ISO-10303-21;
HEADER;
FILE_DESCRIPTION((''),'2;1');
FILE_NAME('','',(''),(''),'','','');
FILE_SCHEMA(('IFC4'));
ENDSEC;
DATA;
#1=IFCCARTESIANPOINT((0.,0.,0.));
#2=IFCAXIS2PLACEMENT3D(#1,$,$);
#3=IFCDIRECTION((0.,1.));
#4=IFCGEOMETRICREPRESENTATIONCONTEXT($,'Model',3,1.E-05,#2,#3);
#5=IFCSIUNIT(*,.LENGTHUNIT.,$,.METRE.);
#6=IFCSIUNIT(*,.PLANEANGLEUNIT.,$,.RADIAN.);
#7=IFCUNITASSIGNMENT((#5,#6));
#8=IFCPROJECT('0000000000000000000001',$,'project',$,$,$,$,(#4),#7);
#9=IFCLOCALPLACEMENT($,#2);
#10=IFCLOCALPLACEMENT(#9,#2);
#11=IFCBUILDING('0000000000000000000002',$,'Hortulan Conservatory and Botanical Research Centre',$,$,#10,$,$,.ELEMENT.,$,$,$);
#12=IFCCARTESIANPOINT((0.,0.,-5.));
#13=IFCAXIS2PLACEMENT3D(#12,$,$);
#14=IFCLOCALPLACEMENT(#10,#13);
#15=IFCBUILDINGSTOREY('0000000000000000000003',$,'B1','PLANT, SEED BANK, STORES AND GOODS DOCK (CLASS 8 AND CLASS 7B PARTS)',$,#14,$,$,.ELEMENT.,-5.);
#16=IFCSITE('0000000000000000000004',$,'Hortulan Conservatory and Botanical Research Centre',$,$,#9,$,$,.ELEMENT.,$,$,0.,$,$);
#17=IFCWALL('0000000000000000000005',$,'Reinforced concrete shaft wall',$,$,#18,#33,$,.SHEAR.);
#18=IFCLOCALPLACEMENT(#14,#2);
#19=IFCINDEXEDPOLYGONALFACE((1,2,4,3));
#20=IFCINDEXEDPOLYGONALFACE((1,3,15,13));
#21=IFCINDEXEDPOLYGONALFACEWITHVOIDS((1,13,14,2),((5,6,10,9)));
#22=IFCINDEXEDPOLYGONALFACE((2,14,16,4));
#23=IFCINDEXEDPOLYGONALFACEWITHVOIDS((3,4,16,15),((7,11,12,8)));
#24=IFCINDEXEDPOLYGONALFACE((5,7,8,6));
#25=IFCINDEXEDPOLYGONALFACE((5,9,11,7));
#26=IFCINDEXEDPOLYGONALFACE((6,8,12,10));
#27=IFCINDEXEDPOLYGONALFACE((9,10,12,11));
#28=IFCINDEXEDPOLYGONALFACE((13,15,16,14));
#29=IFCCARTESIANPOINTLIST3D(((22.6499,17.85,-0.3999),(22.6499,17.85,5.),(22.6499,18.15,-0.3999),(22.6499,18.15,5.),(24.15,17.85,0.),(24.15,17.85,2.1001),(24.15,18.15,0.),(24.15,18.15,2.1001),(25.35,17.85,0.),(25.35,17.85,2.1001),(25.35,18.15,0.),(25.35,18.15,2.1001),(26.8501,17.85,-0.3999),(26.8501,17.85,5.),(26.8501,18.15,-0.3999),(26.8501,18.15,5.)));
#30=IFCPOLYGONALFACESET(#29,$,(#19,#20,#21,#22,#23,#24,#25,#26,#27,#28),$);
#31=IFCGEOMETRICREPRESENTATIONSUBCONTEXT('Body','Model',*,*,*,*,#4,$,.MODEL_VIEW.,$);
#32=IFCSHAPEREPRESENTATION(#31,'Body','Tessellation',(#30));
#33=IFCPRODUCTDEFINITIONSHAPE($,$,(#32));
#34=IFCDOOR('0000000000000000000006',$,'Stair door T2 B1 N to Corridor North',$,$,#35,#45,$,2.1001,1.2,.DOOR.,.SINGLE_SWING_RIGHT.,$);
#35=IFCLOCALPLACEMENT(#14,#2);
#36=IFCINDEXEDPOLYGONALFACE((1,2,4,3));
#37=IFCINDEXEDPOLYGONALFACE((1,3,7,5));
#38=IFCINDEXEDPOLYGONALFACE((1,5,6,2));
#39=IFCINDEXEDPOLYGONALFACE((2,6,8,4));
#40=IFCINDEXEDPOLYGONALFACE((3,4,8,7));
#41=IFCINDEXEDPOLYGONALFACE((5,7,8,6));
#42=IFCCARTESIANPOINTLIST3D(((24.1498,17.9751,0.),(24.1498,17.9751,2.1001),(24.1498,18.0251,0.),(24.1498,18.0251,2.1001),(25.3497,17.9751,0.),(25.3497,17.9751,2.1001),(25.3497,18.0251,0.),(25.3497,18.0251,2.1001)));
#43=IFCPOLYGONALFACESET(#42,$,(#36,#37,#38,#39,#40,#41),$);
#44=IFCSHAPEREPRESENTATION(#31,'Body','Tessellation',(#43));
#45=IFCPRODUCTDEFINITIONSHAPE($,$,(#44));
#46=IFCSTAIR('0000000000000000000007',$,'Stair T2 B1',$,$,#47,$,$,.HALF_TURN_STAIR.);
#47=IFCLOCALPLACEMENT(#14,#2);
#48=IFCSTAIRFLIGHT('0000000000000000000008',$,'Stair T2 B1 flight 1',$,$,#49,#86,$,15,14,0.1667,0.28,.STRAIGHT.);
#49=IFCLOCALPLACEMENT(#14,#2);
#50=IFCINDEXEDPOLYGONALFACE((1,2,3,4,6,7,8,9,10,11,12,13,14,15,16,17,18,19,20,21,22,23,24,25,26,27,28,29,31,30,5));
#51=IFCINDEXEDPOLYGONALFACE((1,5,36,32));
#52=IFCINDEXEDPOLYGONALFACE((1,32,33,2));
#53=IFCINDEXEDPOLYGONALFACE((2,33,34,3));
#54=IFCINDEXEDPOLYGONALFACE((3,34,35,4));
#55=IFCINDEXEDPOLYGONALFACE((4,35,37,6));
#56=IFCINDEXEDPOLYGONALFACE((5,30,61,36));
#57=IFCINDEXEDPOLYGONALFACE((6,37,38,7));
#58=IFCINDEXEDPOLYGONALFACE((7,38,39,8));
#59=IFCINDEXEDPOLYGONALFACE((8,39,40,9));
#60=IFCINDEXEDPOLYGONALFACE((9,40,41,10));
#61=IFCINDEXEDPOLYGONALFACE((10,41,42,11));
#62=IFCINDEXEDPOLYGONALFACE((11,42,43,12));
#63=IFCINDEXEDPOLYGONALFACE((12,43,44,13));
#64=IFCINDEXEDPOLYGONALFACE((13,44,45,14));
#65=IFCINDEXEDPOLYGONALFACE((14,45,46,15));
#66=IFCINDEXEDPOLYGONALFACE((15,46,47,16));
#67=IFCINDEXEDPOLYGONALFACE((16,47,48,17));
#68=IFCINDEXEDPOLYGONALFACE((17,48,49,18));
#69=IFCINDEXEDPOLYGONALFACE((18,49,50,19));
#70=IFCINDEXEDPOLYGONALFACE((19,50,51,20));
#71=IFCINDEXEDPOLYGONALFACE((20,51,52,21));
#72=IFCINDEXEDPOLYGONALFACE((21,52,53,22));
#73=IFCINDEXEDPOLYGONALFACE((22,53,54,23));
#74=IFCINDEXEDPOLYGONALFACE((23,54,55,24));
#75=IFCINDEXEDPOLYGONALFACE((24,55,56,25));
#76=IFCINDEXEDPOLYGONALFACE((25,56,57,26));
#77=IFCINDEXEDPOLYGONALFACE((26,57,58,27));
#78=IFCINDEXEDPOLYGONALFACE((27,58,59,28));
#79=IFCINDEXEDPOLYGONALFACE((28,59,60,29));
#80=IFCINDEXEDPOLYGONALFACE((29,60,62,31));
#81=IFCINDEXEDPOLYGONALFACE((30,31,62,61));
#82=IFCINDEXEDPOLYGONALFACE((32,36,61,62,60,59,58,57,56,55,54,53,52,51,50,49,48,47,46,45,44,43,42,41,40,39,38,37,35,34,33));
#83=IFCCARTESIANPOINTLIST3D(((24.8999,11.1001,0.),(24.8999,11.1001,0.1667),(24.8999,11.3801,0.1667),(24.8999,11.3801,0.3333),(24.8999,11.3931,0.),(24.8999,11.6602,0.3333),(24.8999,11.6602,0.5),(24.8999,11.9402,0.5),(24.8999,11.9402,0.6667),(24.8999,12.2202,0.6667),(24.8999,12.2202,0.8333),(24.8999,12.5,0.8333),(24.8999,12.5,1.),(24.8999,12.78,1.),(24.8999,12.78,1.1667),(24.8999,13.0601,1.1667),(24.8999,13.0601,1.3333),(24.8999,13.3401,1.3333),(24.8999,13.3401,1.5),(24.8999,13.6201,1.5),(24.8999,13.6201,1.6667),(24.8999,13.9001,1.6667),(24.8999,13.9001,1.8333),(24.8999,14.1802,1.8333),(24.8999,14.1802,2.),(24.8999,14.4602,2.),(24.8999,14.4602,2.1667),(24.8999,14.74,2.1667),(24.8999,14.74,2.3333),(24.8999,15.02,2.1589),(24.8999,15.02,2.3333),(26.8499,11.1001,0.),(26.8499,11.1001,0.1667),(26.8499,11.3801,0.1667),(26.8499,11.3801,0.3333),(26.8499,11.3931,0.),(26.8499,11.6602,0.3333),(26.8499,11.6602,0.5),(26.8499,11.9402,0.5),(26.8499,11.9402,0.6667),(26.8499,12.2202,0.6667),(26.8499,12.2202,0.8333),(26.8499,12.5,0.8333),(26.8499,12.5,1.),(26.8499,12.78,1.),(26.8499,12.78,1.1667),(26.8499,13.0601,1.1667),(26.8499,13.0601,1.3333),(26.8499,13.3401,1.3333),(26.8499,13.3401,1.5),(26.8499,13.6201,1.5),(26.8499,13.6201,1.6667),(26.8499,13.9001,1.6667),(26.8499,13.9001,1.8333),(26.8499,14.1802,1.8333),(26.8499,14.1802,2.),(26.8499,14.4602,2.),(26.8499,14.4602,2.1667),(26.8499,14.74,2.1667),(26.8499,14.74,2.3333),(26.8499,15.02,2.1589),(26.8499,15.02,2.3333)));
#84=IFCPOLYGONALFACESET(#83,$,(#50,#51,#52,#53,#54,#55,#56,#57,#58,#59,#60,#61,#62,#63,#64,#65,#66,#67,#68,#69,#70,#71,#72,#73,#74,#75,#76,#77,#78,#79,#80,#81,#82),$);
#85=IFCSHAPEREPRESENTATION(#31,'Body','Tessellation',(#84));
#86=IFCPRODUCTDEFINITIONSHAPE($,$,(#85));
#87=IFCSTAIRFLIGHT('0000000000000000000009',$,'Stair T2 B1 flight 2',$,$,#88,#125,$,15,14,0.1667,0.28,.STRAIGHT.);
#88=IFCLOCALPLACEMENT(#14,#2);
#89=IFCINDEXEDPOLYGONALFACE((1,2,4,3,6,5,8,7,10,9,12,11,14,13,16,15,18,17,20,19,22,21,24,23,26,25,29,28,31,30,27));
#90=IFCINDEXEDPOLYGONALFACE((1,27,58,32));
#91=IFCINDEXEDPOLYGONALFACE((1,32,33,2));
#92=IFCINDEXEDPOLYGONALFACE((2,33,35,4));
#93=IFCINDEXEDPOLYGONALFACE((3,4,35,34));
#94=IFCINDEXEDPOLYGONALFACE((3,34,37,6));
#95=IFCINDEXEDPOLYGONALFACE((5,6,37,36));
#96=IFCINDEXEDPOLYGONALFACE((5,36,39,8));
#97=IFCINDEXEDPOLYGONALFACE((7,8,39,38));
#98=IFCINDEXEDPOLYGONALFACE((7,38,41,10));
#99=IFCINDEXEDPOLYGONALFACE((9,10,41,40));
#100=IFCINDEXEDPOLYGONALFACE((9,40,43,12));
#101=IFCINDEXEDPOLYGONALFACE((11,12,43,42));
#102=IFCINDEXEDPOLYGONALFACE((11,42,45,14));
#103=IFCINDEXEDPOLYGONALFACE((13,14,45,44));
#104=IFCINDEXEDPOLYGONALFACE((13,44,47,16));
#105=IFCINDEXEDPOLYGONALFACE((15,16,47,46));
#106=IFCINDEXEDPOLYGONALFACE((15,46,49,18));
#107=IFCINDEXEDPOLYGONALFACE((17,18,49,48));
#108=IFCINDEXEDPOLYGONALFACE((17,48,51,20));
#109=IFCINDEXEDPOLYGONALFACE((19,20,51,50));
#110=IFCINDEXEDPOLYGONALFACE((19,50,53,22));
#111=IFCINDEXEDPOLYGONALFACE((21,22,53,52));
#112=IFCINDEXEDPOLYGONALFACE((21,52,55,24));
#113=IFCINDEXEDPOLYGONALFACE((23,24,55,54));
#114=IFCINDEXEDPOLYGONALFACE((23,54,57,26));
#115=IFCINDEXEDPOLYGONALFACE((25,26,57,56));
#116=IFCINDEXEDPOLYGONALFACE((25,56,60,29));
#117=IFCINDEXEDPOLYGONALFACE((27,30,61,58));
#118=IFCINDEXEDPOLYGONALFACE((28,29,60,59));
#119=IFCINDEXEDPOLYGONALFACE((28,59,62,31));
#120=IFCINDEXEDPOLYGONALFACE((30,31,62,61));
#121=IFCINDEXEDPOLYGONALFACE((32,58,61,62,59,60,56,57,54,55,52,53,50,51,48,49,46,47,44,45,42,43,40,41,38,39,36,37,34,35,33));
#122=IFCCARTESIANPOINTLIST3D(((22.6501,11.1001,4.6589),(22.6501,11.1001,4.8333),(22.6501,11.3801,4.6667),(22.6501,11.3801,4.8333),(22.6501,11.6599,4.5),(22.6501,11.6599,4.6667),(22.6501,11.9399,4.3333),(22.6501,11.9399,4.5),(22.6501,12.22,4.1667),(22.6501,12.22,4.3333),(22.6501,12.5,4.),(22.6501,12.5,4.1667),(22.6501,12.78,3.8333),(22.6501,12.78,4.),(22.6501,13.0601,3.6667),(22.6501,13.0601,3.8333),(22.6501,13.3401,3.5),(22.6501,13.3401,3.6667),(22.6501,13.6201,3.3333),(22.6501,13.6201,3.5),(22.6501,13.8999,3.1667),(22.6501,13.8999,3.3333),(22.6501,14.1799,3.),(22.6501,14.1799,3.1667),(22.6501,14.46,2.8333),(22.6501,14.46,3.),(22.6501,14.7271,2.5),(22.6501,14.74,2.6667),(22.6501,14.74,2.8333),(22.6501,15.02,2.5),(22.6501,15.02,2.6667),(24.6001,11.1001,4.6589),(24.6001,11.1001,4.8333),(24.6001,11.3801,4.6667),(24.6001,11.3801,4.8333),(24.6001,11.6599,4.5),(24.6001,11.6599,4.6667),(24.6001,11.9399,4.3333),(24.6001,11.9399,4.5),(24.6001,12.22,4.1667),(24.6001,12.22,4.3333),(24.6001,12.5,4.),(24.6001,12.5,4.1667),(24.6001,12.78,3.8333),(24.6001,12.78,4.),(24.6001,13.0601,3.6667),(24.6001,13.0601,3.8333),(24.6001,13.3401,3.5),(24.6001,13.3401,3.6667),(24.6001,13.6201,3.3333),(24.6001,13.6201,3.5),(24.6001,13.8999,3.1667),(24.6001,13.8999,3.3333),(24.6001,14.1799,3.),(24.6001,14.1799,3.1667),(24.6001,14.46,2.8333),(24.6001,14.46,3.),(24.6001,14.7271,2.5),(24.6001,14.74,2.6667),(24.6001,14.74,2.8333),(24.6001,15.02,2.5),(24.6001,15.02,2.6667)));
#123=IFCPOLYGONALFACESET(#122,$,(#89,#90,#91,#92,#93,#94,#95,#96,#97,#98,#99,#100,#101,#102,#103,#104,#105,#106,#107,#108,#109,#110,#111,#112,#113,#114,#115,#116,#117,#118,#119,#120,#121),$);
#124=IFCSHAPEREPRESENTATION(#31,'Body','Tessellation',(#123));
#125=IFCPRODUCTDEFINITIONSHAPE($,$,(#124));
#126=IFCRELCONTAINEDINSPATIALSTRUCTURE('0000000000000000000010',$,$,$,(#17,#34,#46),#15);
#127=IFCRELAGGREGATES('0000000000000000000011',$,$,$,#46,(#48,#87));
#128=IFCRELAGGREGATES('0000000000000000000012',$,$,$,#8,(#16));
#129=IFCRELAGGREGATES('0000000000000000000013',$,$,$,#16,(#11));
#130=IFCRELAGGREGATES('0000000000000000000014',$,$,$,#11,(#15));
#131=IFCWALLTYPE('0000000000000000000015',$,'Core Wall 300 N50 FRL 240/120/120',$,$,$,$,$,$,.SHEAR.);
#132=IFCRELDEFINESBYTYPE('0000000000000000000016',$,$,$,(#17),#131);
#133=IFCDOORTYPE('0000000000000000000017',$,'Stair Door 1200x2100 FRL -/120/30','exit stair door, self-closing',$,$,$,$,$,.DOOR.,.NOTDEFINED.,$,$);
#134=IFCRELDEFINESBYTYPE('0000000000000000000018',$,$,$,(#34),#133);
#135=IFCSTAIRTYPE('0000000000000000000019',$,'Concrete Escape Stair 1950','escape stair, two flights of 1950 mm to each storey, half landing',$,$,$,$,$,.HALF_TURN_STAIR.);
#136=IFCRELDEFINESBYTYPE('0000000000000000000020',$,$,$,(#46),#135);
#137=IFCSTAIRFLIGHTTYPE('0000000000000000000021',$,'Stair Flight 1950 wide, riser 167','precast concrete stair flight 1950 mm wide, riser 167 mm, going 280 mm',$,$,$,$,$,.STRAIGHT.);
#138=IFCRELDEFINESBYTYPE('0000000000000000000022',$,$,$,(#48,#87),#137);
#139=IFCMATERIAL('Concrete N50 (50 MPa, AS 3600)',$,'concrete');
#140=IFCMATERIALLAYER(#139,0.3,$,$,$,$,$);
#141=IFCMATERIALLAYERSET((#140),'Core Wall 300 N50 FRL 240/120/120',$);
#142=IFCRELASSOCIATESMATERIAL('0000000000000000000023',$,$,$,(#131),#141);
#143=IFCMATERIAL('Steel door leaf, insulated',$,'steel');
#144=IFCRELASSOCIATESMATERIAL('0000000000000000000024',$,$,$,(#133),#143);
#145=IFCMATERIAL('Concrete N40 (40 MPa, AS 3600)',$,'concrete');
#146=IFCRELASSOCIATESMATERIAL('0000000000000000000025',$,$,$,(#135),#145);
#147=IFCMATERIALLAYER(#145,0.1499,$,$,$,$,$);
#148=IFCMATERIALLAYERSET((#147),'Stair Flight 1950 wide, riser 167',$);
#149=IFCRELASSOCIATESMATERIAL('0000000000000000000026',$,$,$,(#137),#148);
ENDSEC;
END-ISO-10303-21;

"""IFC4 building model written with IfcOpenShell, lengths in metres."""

from ifc_helpers import new_model, si_unit, direction, frame, frame_2d, origin, place, context, subcontext, project, spatial, polyline, rectangle, outline, extrude, material, layer, layer_set, type_object, element, fill, aggregate, save


model = new_model("IFC4")

# Units and contexts
model_context = context("Model", 3, precision=1e-05, world=origin(), true_north=direction((0.0, 1.0)))
body_context = subcontext(model_context, "Body", "Model", "MODEL_VIEW")
ifc_project = project(units=[si_unit("LENGTHUNIT", "METRE"), si_unit("PLANEANGLEUNIT", "RADIAN")], contexts=[model_context])

# Site, building, storey
site_placement = place(None, origin())
site = spatial("IfcSite", under=ifc_project, at=site_placement, Name="Hortulan Conservatory and Botanical Research Centre", CompositionType="ELEMENT", RefElevation=0.0)
building_placement = place(site_placement, origin())
building = spatial("IfcBuilding", under=site, at=building_placement, Name="Hortulan Conservatory and Botanical Research Centre", CompositionType="ELEMENT")
storey_placement = place(building_placement, frame((0.0, 0.0, -5.0)))
storey = spatial("IfcBuildingStorey", under=building, at=storey_placement, Name="B1", Description="PLANT, SEED BANK, STORES AND GOODS DOCK (CLASS 8 AND CLASS 7B PARTS)", CompositionType="ELEMENT", Elevation=-5.0)

# Shared definitions
ifc_material_1 = material(Name="Concrete N40 (40 MPa, AS 3600)", Category="concrete")

# Shared definitions
ifc_material_2 = material(Name="Concrete N50 (50 MPa, AS 3600)", Category="concrete")
ifc_layer_1 = layer(ifc_material_2, 0.3)
ifc_layer_set_1 = layer_set([ifc_layer_1], Name="Core Wall 300 N50 FRL 240/120/120")
wall_type = type_object("IfcWallType", Name="Core Wall 300 N50 FRL 240/120/120", PredefinedType="SHEAR", material=ifc_layer_set_1)

# Wall, opening, door
wall_placement = place(storey_placement, frame((22.6499, 18.0, -0.3999), z_axis=(0.0, 0.0, 1.0), x_axis=(1.0, 0.0, 0.0)))
wall = element("IfcWall", 1, at=wall_placement, inside=storey, type_object=wall_type, Name="Reinforced concrete shaft wall", PredefinedType="SHEAR", context=body_context, shape_type="SweptSolid", body=[
    extrude(rectangle(XDim=4.2002, YDim=0.3, at=frame_2d((2.1001, 0.0))), origin(), (0.0, 0.0, 1.0), 5.3999),
])
opening_placement = place(wall_placement, frame((1.5, 0.0, 0.3999)))
opening = element("IfcOpeningElement", 2, at=opening_placement, cuts=wall, PredefinedType="OPENING", context=body_context, shape_type="SweptSolid", body=[
    extrude(rectangle(XDim=1.2, YDim=2.1001, at=frame_2d((0.6001, 1.05))), frame((0.0, 0.1599, 0.0), z_axis=(0.0, -1.0, 0.0), x_axis=(1.0, 0.0, 0.0)), (0.0, 0.0, 1.0), 0.3201),
])
ifc_material_3 = material(Name="Steel door leaf, insulated", Category="steel")
door_type = type_object("IfcDoorType", Name="Stair Door 1200x2100 FRL -/120/30", Description="exit stair door, self-closing", OperationType="NOTDEFINED", PredefinedType="DOOR", material=ifc_material_3)
door_placement = place(opening_placement, frame((1.2, 0.0, 0.0), z_axis=(0.0, 0.0, 1.0), x_axis=(-1.0, 0.0, 0.0)))
door = element("IfcDoor", 3, at=door_placement, inside=storey, type_object=door_type, Name="Stair door T2 B1 N to Corridor North", OperationType="SINGLE_SWING_RIGHT", OverallHeight=2.1001, OverallWidth=1.2, PredefinedType="DOOR", context=body_context, shape_type="SweptSolid", body=[
    extrude(rectangle(XDim=1.2, YDim=2.1001, at=frame_2d((0.6001, 1.05))), frame((0.0, 0.0249, 0.0), z_axis=(0.0, -1.0, 0.0), x_axis=(1.0, 0.0, 0.0)), (0.0, 0.0, 1.0), 0.05),
])
fill(opening, door)

# Stair, stair flights
stair_type = type_object("IfcStairType", Name="Concrete Escape Stair 1950", Description="escape stair, two flights of 1950 mm to each storey, half landing", PredefinedType="HALF_TURN_STAIR", material=ifc_material_1)
stair_placement = place(storey_placement, origin())
stair = element("IfcStair", 4, at=stair_placement, inside=storey, type_object=stair_type, Name="Stair T2 B1", PredefinedType="HALF_TURN_STAIR")
ifc_layer_2 = layer(ifc_material_1, 0.1499)
ifc_layer_set_2 = layer_set([ifc_layer_2], Name="Stair Flight 1950 wide, riser 167")
stair_flight_type = type_object("IfcStairFlightType", Name="Stair Flight 1950 wide, riser 167", Description="precast concrete stair flight 1950 mm wide, riser 167 mm, going 280 mm", PredefinedType="STRAIGHT", material=ifc_layer_set_2)
stair_flight_1_placement = place(storey_placement, frame((25.875, 11.1001, 0.0), z_axis=(0.0, 0.0, 1.0), x_axis=(0.0, 1.0, 0.0)))
stair_flight_1 = element("IfcStairFlight", 5, at=stair_flight_1_placement, type_object=stair_flight_type, Name="Stair T2 B1 flight 1", NumberOfRisers=15, NumberOfTreads=14, PredefinedType="STRAIGHT", RiserHeight=0.1667, TreadLength=0.28, context=body_context, shape_type="SweptSolid", body=[
    extrude(outline(polyline([(0.0, 0.0), (0.0, 0.1667), (0.28, 0.1667), (0.28, 0.3333), (0.5601, 0.3333), (0.5601, 0.5), (0.8401, 0.5), (0.8401, 0.6667), (1.1201, 0.6667), (1.1201, 0.8333), (1.3999, 0.8333), (1.3999, 1.0), (1.6799, 1.0), (1.6799, 1.1667), (1.96, 1.1667), (1.96, 1.3333), (2.24, 1.3333), (2.24, 1.5), (2.52, 1.5), (2.52, 1.6667), (2.8, 1.6667), (2.8, 1.8333), (3.0801, 1.8333), (3.0801, 2.0), (3.3601, 2.0), (3.3601, 2.1667), (3.6399, 2.1667), (3.6399, 2.3333), (3.9199, 2.3333), (3.9199, 2.5), (3.9199, 2.1589), (0.293, 0.0), (0.0, 0.0)])), frame((0.0, 0.9751, 0.0), z_axis=(0.0, -1.0, 0.0), x_axis=(1.0, 0.0, 0.0)), (0.0, 0.0, 1.0), 1.95),
])
stair_flight_2_placement = place(storey_placement, frame((23.625, 15.02, 2.5), z_axis=(0.0, 0.0, 1.0), x_axis=(0.0, -1.0, 0.0)))
stair_flight_2 = element("IfcStairFlight", 6, at=stair_flight_2_placement, type_object=stair_flight_type, Name="Stair T2 B1 flight 2", NumberOfRisers=15, NumberOfTreads=14, PredefinedType="STRAIGHT", RiserHeight=0.1667, TreadLength=0.28, context=body_context, shape_type="SweptSolid", body=[
    extrude(outline(polyline([(0.0, 0.0), (0.0, 0.1667), (0.28, 0.1667), (0.28, 0.3333), (0.5601, 0.3333), (0.5601, 0.5), (0.8401, 0.5), (0.8401, 0.6667), (1.1201, 0.6667), (1.1201, 0.8333), (1.3999, 0.8333), (1.3999, 1.0), (1.6799, 1.0), (1.6799, 1.1667), (1.96, 1.1667), (1.96, 1.3333), (2.24, 1.3333), (2.24, 1.5), (2.52, 1.5), (2.52, 1.6667), (2.8, 1.6667), (2.8, 1.8333), (3.0801, 1.8333), (3.0801, 2.0), (3.3601, 2.0), (3.3601, 2.1667), (3.6399, 2.1667), (3.6399, 2.3333), (3.9199, 2.3333), (3.9199, 2.5), (3.9199, 2.1589), (0.293, 0.0), (0.0, 0.0)])), frame((0.0, 0.9751, 0.0), z_axis=(0.0, -1.0, 0.0), x_axis=(1.0, 0.0, 0.0)), (0.0, 0.0, 1.0), 1.95),
])
aggregate(stair, [stair_flight_1, stair_flight_2])

save(model, "model.ifc")
